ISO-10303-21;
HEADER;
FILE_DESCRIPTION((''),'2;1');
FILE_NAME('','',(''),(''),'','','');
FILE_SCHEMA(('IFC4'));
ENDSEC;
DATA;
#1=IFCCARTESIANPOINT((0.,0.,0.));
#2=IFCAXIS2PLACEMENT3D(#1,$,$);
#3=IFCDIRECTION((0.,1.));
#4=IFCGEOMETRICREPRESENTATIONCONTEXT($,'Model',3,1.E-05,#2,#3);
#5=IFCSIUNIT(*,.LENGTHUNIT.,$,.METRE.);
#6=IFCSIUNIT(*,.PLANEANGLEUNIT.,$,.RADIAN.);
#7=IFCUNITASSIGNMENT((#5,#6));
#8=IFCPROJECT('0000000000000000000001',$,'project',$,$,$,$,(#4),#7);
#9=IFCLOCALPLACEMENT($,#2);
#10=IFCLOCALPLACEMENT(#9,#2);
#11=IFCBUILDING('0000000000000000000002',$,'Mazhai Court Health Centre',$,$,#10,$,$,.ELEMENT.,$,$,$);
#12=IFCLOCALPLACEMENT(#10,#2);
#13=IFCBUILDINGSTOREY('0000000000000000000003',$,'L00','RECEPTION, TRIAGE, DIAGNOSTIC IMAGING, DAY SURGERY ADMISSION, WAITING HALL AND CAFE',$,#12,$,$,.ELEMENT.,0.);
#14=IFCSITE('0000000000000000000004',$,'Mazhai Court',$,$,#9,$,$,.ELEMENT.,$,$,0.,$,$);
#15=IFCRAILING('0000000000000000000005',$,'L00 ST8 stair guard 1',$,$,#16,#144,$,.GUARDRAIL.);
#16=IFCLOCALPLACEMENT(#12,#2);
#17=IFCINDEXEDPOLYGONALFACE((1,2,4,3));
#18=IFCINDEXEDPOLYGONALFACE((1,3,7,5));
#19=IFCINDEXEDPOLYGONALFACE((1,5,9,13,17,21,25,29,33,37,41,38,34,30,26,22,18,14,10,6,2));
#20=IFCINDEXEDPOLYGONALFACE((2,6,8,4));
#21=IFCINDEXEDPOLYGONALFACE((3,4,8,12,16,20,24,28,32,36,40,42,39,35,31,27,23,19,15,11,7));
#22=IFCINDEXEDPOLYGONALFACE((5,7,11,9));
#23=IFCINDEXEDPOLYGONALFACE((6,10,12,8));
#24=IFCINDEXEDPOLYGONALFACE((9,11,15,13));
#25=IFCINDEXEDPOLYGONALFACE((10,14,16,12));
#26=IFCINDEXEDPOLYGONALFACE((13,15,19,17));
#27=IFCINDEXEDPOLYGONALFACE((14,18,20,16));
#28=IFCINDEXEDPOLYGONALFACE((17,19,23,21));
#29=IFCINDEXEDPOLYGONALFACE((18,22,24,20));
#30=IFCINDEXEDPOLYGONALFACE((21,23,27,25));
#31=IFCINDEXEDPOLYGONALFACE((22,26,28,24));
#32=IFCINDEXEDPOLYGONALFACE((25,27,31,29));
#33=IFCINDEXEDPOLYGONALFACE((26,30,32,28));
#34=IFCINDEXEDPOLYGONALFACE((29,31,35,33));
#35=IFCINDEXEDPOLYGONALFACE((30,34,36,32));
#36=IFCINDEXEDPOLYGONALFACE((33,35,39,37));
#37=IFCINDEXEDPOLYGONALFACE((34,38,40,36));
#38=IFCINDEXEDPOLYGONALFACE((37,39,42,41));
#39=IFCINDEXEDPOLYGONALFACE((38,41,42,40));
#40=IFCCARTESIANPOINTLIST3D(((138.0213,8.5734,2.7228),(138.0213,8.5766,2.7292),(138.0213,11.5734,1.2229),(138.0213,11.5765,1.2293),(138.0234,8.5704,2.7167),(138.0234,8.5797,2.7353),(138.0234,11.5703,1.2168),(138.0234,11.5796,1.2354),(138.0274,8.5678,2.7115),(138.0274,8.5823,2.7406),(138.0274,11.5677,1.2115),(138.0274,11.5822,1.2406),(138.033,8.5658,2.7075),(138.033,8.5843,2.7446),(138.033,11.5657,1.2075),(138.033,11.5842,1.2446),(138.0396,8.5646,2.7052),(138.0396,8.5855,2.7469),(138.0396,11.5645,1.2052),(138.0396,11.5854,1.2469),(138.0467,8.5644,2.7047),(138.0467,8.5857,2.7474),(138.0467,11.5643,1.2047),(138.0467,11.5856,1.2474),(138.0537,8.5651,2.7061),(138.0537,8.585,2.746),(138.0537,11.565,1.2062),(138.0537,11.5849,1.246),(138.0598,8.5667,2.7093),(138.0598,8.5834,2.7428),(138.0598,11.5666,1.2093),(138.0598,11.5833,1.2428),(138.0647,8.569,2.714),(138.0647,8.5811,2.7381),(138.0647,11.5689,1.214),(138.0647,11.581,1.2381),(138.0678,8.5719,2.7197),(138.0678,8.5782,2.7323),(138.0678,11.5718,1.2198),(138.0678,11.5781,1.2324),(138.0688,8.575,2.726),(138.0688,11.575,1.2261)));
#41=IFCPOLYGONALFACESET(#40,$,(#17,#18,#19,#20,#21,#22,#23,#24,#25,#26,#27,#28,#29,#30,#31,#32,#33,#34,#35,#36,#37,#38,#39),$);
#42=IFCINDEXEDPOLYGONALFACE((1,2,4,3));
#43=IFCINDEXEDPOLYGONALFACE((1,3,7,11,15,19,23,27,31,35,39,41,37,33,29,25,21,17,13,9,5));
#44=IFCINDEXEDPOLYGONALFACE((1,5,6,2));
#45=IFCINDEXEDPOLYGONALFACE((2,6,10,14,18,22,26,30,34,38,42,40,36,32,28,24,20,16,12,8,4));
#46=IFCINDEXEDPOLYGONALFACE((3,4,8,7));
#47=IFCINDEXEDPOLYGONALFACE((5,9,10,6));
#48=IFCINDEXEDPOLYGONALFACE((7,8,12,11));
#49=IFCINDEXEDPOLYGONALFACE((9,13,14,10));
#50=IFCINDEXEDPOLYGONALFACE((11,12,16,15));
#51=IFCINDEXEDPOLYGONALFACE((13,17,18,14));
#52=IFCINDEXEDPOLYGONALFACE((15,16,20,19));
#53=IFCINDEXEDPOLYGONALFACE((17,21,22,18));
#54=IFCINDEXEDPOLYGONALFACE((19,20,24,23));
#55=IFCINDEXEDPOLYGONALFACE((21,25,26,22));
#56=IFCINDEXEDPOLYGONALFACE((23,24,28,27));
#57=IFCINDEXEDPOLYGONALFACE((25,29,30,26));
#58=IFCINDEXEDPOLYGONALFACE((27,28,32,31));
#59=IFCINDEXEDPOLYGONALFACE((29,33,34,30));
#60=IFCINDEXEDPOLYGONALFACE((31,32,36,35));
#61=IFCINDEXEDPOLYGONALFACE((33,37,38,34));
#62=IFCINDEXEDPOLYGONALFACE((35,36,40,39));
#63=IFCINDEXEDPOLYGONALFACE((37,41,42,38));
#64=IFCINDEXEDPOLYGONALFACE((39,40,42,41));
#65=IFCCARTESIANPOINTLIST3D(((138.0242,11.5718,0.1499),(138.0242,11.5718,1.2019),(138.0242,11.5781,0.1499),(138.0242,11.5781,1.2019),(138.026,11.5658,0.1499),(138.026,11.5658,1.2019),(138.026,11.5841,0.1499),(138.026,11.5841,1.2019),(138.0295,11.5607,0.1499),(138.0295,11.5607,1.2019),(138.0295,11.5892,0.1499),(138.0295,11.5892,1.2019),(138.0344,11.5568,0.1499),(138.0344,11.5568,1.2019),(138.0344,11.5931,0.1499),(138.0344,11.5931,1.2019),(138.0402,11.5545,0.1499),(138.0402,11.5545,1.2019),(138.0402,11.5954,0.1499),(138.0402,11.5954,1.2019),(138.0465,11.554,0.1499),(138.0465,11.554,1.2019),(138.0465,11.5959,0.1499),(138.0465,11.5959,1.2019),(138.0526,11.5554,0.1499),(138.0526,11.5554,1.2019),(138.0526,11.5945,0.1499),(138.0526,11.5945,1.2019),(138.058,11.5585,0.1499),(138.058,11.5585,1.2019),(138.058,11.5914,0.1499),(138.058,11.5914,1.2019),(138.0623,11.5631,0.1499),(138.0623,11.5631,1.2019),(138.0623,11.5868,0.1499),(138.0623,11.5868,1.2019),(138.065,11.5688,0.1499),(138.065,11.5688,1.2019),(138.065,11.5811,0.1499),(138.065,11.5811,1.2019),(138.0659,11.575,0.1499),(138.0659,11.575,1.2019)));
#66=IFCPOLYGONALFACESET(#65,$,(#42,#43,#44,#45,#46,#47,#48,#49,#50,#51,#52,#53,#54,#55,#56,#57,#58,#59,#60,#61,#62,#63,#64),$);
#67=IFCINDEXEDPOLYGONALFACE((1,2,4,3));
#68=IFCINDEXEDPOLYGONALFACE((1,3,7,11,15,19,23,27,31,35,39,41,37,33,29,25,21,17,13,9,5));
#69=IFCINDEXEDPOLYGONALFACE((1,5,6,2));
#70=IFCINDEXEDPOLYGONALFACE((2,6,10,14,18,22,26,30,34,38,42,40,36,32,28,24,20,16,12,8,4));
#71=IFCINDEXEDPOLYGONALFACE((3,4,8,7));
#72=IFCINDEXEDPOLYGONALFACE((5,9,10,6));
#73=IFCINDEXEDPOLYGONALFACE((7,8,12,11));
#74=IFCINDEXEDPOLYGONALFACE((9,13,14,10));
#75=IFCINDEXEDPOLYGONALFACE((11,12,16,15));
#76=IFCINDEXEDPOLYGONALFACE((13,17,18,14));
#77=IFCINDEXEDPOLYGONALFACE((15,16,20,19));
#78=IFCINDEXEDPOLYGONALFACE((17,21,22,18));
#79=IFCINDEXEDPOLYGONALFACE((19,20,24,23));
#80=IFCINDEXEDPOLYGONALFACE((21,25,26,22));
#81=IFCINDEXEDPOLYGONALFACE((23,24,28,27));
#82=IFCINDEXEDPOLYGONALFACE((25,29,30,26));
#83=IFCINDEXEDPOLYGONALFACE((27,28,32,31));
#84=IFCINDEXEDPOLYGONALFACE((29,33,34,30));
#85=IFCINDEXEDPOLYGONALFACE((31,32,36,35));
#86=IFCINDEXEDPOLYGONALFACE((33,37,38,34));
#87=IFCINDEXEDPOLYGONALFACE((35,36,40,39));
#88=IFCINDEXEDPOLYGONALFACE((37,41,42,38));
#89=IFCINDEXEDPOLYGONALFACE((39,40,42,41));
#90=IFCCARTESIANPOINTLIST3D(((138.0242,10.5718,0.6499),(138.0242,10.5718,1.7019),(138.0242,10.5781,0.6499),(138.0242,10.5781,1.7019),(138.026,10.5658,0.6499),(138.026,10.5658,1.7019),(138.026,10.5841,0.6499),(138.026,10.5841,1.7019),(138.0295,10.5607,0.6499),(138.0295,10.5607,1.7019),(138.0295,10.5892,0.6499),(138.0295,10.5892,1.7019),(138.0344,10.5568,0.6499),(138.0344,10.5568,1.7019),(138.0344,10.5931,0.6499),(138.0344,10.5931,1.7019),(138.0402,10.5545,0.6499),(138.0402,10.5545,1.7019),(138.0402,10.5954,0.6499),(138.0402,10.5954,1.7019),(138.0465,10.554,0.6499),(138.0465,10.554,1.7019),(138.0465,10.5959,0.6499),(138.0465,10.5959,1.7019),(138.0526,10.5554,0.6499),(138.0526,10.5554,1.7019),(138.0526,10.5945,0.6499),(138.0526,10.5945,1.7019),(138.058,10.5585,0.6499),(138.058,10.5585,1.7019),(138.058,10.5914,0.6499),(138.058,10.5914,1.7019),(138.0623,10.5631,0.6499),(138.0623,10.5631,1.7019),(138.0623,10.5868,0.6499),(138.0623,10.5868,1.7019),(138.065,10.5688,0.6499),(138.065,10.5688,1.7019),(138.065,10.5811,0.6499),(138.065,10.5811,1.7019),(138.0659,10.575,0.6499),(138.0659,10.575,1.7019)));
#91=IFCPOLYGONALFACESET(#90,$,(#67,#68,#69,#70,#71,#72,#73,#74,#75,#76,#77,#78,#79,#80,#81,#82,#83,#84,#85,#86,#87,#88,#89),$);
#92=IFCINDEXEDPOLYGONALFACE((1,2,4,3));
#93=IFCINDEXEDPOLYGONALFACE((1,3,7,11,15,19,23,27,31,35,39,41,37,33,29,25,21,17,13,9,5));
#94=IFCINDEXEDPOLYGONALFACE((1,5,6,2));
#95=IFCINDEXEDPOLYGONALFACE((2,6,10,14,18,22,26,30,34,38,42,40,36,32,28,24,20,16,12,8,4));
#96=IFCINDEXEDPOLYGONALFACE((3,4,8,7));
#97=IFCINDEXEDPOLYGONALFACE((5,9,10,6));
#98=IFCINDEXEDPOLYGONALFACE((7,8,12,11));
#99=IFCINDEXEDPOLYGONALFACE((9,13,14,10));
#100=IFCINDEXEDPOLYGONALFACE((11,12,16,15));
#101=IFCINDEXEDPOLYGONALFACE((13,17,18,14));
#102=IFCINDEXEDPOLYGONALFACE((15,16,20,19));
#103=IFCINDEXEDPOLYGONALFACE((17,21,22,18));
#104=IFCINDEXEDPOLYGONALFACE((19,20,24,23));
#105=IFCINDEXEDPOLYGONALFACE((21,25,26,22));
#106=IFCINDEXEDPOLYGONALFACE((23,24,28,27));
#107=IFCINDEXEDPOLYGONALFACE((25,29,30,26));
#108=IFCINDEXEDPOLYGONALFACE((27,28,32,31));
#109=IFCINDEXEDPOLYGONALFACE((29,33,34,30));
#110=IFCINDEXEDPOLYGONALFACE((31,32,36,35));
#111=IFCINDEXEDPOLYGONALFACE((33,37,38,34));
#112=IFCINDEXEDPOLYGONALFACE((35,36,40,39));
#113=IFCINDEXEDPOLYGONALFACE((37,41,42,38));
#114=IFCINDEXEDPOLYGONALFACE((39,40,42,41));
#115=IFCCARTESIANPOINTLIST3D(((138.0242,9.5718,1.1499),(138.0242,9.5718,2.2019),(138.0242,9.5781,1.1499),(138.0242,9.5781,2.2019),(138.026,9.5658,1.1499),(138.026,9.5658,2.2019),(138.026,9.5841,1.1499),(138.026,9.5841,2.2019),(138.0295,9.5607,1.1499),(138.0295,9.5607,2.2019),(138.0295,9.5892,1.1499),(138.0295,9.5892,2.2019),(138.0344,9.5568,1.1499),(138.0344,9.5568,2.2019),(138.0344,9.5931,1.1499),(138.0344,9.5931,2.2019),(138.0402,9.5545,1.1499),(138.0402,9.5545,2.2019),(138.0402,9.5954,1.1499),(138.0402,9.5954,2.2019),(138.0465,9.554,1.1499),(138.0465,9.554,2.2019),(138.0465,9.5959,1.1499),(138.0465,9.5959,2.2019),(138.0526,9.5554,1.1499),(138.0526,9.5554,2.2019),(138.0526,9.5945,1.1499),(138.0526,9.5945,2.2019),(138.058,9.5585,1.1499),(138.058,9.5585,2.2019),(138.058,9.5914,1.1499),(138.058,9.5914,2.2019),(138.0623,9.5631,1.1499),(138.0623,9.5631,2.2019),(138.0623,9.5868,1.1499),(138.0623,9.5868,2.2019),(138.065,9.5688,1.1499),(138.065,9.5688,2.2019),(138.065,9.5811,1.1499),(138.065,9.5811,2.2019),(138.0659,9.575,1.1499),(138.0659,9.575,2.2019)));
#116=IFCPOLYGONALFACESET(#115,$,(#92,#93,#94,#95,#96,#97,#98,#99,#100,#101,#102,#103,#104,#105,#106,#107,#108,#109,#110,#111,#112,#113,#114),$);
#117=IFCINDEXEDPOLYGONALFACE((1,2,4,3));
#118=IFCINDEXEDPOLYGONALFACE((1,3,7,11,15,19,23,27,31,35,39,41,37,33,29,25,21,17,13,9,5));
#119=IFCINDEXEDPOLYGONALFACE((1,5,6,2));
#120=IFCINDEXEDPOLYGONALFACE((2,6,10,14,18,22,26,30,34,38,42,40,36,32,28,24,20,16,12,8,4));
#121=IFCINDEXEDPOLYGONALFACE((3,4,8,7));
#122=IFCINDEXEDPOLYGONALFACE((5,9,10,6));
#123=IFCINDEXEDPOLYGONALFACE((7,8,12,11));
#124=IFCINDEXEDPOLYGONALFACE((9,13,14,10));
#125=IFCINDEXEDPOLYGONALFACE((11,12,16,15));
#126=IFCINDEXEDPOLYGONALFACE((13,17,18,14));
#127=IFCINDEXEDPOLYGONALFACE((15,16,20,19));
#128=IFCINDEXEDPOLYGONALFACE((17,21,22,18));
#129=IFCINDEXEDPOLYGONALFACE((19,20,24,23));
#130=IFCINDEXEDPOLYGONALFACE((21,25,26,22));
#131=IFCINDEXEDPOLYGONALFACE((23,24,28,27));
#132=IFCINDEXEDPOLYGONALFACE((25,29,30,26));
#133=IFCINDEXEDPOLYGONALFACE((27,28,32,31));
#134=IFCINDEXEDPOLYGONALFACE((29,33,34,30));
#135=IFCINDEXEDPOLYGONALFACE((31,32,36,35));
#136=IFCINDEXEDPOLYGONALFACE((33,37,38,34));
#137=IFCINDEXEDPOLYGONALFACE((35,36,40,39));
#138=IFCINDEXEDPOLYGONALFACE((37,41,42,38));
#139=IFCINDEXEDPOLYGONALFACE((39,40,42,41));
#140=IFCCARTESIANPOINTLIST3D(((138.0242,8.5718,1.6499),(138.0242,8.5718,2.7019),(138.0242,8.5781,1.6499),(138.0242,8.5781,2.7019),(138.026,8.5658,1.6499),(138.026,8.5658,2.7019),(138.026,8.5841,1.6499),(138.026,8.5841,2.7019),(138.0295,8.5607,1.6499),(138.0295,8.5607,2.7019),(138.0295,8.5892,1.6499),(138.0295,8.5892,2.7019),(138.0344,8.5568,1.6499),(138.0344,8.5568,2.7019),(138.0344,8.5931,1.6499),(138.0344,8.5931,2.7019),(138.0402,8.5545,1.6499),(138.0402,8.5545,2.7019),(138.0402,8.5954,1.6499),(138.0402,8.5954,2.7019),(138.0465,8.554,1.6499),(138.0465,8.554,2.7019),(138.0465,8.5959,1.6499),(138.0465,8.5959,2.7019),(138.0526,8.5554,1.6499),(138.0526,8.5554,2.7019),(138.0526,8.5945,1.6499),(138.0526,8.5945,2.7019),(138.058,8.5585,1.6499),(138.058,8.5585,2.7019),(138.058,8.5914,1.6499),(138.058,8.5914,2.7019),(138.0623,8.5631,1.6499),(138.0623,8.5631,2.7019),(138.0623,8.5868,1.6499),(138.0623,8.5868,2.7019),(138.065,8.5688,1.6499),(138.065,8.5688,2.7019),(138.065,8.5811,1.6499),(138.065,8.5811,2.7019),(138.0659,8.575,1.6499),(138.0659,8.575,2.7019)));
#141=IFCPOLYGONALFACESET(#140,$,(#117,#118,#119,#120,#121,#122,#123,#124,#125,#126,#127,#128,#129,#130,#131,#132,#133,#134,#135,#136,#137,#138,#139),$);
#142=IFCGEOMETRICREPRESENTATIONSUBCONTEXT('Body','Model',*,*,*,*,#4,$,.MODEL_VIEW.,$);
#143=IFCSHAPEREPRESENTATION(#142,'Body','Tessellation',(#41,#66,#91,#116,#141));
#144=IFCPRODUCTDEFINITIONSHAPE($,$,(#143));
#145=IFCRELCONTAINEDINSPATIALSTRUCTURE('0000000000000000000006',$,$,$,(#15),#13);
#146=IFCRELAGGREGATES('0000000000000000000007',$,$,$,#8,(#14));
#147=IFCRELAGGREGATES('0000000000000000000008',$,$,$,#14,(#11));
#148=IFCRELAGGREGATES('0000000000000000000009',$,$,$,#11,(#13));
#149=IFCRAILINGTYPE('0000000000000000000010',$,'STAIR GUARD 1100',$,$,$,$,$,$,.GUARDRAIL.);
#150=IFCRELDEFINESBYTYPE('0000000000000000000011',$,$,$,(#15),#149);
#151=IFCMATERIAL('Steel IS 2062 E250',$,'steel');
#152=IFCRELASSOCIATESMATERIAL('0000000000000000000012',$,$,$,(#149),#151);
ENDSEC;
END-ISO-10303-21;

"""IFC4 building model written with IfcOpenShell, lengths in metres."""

from ifc_helpers import new_model, si_unit, direction, frame, origin, origin_2d, place, context, subcontext, project, spatial, circle, extrude, material, type_object, element, save


model = new_model("IFC4")

# Units and contexts
model_context = context("Model", 3, precision=1e-05, world=origin(), true_north=direction((0.0, 1.0)))
body_context = subcontext(model_context, "Body", "Model", "MODEL_VIEW")
ifc_project = project(units=[si_unit("LENGTHUNIT", "METRE"), si_unit("PLANEANGLEUNIT", "RADIAN")], contexts=[model_context])

# Site, building, storey
site_placement = place(None, origin())
site = spatial("IfcSite", under=ifc_project, at=site_placement, Name="Mazhai Court", CompositionType="ELEMENT", RefElevation=0.0)
building_placement = place(site_placement, origin())
building = spatial("IfcBuilding", under=site, at=building_placement, Name="Mazhai Court Health Centre", CompositionType="ELEMENT")
storey_placement = place(building_placement, origin())
storey = spatial("IfcBuildingStorey", under=building, at=storey_placement, Name="L00", Description="RECEPTION, TRIAGE, DIAGNOSTIC IMAGING, DAY SURGERY ADMISSION, WAITING HALL AND CAFE", CompositionType="ELEMENT", Elevation=0.0)

# Railing
ifc_material_1 = material(Name="Steel IS 2062 E250", Category="steel")
railing_type_1 = type_object("IfcRailingType", Name="STAIR GUARD 1100", PredefinedType="GUARDRAIL", material=ifc_material_1)
railing_1_placement = place(storey_placement, frame((138.0449, 11.575, 0.1499)))
element("IfcRailing", 1, at=railing_1_placement, inside=storey, type_object=railing_type_1, Name="L00 ST8 stair guard 1", PredefinedType="GUARDRAIL", context=body_context, shape_type="SweptSolid", body=[
    extrude(circle(Radius=0.0239, at=origin_2d()), frame((0.0, 0.0, 1.0762), z_axis=(0.0, -0.894427, 0.447214), x_axis=(1.0, 0.0, 0.0)), (0.0, 0.0, 1.0), 3.354),
    extrude(circle(Radius=0.021, at=origin_2d()), origin(), (0.0, 0.0, 1.0), 1.052),
    extrude(circle(Radius=0.021, at=origin_2d()), frame((0.0, -1.0, 0.5)), (0.0, 0.0, 1.0), 1.052),
    extrude(circle(Radius=0.021, at=origin_2d()), frame((0.0, -2.0, 1.0)), (0.0, 0.0, 1.0), 1.052),
    extrude(circle(Radius=0.021, at=origin_2d()), frame((0.0, -3.0, 1.5)), (0.0, 0.0, 1.0), 1.052),
])

save(model, "model.ifc")
